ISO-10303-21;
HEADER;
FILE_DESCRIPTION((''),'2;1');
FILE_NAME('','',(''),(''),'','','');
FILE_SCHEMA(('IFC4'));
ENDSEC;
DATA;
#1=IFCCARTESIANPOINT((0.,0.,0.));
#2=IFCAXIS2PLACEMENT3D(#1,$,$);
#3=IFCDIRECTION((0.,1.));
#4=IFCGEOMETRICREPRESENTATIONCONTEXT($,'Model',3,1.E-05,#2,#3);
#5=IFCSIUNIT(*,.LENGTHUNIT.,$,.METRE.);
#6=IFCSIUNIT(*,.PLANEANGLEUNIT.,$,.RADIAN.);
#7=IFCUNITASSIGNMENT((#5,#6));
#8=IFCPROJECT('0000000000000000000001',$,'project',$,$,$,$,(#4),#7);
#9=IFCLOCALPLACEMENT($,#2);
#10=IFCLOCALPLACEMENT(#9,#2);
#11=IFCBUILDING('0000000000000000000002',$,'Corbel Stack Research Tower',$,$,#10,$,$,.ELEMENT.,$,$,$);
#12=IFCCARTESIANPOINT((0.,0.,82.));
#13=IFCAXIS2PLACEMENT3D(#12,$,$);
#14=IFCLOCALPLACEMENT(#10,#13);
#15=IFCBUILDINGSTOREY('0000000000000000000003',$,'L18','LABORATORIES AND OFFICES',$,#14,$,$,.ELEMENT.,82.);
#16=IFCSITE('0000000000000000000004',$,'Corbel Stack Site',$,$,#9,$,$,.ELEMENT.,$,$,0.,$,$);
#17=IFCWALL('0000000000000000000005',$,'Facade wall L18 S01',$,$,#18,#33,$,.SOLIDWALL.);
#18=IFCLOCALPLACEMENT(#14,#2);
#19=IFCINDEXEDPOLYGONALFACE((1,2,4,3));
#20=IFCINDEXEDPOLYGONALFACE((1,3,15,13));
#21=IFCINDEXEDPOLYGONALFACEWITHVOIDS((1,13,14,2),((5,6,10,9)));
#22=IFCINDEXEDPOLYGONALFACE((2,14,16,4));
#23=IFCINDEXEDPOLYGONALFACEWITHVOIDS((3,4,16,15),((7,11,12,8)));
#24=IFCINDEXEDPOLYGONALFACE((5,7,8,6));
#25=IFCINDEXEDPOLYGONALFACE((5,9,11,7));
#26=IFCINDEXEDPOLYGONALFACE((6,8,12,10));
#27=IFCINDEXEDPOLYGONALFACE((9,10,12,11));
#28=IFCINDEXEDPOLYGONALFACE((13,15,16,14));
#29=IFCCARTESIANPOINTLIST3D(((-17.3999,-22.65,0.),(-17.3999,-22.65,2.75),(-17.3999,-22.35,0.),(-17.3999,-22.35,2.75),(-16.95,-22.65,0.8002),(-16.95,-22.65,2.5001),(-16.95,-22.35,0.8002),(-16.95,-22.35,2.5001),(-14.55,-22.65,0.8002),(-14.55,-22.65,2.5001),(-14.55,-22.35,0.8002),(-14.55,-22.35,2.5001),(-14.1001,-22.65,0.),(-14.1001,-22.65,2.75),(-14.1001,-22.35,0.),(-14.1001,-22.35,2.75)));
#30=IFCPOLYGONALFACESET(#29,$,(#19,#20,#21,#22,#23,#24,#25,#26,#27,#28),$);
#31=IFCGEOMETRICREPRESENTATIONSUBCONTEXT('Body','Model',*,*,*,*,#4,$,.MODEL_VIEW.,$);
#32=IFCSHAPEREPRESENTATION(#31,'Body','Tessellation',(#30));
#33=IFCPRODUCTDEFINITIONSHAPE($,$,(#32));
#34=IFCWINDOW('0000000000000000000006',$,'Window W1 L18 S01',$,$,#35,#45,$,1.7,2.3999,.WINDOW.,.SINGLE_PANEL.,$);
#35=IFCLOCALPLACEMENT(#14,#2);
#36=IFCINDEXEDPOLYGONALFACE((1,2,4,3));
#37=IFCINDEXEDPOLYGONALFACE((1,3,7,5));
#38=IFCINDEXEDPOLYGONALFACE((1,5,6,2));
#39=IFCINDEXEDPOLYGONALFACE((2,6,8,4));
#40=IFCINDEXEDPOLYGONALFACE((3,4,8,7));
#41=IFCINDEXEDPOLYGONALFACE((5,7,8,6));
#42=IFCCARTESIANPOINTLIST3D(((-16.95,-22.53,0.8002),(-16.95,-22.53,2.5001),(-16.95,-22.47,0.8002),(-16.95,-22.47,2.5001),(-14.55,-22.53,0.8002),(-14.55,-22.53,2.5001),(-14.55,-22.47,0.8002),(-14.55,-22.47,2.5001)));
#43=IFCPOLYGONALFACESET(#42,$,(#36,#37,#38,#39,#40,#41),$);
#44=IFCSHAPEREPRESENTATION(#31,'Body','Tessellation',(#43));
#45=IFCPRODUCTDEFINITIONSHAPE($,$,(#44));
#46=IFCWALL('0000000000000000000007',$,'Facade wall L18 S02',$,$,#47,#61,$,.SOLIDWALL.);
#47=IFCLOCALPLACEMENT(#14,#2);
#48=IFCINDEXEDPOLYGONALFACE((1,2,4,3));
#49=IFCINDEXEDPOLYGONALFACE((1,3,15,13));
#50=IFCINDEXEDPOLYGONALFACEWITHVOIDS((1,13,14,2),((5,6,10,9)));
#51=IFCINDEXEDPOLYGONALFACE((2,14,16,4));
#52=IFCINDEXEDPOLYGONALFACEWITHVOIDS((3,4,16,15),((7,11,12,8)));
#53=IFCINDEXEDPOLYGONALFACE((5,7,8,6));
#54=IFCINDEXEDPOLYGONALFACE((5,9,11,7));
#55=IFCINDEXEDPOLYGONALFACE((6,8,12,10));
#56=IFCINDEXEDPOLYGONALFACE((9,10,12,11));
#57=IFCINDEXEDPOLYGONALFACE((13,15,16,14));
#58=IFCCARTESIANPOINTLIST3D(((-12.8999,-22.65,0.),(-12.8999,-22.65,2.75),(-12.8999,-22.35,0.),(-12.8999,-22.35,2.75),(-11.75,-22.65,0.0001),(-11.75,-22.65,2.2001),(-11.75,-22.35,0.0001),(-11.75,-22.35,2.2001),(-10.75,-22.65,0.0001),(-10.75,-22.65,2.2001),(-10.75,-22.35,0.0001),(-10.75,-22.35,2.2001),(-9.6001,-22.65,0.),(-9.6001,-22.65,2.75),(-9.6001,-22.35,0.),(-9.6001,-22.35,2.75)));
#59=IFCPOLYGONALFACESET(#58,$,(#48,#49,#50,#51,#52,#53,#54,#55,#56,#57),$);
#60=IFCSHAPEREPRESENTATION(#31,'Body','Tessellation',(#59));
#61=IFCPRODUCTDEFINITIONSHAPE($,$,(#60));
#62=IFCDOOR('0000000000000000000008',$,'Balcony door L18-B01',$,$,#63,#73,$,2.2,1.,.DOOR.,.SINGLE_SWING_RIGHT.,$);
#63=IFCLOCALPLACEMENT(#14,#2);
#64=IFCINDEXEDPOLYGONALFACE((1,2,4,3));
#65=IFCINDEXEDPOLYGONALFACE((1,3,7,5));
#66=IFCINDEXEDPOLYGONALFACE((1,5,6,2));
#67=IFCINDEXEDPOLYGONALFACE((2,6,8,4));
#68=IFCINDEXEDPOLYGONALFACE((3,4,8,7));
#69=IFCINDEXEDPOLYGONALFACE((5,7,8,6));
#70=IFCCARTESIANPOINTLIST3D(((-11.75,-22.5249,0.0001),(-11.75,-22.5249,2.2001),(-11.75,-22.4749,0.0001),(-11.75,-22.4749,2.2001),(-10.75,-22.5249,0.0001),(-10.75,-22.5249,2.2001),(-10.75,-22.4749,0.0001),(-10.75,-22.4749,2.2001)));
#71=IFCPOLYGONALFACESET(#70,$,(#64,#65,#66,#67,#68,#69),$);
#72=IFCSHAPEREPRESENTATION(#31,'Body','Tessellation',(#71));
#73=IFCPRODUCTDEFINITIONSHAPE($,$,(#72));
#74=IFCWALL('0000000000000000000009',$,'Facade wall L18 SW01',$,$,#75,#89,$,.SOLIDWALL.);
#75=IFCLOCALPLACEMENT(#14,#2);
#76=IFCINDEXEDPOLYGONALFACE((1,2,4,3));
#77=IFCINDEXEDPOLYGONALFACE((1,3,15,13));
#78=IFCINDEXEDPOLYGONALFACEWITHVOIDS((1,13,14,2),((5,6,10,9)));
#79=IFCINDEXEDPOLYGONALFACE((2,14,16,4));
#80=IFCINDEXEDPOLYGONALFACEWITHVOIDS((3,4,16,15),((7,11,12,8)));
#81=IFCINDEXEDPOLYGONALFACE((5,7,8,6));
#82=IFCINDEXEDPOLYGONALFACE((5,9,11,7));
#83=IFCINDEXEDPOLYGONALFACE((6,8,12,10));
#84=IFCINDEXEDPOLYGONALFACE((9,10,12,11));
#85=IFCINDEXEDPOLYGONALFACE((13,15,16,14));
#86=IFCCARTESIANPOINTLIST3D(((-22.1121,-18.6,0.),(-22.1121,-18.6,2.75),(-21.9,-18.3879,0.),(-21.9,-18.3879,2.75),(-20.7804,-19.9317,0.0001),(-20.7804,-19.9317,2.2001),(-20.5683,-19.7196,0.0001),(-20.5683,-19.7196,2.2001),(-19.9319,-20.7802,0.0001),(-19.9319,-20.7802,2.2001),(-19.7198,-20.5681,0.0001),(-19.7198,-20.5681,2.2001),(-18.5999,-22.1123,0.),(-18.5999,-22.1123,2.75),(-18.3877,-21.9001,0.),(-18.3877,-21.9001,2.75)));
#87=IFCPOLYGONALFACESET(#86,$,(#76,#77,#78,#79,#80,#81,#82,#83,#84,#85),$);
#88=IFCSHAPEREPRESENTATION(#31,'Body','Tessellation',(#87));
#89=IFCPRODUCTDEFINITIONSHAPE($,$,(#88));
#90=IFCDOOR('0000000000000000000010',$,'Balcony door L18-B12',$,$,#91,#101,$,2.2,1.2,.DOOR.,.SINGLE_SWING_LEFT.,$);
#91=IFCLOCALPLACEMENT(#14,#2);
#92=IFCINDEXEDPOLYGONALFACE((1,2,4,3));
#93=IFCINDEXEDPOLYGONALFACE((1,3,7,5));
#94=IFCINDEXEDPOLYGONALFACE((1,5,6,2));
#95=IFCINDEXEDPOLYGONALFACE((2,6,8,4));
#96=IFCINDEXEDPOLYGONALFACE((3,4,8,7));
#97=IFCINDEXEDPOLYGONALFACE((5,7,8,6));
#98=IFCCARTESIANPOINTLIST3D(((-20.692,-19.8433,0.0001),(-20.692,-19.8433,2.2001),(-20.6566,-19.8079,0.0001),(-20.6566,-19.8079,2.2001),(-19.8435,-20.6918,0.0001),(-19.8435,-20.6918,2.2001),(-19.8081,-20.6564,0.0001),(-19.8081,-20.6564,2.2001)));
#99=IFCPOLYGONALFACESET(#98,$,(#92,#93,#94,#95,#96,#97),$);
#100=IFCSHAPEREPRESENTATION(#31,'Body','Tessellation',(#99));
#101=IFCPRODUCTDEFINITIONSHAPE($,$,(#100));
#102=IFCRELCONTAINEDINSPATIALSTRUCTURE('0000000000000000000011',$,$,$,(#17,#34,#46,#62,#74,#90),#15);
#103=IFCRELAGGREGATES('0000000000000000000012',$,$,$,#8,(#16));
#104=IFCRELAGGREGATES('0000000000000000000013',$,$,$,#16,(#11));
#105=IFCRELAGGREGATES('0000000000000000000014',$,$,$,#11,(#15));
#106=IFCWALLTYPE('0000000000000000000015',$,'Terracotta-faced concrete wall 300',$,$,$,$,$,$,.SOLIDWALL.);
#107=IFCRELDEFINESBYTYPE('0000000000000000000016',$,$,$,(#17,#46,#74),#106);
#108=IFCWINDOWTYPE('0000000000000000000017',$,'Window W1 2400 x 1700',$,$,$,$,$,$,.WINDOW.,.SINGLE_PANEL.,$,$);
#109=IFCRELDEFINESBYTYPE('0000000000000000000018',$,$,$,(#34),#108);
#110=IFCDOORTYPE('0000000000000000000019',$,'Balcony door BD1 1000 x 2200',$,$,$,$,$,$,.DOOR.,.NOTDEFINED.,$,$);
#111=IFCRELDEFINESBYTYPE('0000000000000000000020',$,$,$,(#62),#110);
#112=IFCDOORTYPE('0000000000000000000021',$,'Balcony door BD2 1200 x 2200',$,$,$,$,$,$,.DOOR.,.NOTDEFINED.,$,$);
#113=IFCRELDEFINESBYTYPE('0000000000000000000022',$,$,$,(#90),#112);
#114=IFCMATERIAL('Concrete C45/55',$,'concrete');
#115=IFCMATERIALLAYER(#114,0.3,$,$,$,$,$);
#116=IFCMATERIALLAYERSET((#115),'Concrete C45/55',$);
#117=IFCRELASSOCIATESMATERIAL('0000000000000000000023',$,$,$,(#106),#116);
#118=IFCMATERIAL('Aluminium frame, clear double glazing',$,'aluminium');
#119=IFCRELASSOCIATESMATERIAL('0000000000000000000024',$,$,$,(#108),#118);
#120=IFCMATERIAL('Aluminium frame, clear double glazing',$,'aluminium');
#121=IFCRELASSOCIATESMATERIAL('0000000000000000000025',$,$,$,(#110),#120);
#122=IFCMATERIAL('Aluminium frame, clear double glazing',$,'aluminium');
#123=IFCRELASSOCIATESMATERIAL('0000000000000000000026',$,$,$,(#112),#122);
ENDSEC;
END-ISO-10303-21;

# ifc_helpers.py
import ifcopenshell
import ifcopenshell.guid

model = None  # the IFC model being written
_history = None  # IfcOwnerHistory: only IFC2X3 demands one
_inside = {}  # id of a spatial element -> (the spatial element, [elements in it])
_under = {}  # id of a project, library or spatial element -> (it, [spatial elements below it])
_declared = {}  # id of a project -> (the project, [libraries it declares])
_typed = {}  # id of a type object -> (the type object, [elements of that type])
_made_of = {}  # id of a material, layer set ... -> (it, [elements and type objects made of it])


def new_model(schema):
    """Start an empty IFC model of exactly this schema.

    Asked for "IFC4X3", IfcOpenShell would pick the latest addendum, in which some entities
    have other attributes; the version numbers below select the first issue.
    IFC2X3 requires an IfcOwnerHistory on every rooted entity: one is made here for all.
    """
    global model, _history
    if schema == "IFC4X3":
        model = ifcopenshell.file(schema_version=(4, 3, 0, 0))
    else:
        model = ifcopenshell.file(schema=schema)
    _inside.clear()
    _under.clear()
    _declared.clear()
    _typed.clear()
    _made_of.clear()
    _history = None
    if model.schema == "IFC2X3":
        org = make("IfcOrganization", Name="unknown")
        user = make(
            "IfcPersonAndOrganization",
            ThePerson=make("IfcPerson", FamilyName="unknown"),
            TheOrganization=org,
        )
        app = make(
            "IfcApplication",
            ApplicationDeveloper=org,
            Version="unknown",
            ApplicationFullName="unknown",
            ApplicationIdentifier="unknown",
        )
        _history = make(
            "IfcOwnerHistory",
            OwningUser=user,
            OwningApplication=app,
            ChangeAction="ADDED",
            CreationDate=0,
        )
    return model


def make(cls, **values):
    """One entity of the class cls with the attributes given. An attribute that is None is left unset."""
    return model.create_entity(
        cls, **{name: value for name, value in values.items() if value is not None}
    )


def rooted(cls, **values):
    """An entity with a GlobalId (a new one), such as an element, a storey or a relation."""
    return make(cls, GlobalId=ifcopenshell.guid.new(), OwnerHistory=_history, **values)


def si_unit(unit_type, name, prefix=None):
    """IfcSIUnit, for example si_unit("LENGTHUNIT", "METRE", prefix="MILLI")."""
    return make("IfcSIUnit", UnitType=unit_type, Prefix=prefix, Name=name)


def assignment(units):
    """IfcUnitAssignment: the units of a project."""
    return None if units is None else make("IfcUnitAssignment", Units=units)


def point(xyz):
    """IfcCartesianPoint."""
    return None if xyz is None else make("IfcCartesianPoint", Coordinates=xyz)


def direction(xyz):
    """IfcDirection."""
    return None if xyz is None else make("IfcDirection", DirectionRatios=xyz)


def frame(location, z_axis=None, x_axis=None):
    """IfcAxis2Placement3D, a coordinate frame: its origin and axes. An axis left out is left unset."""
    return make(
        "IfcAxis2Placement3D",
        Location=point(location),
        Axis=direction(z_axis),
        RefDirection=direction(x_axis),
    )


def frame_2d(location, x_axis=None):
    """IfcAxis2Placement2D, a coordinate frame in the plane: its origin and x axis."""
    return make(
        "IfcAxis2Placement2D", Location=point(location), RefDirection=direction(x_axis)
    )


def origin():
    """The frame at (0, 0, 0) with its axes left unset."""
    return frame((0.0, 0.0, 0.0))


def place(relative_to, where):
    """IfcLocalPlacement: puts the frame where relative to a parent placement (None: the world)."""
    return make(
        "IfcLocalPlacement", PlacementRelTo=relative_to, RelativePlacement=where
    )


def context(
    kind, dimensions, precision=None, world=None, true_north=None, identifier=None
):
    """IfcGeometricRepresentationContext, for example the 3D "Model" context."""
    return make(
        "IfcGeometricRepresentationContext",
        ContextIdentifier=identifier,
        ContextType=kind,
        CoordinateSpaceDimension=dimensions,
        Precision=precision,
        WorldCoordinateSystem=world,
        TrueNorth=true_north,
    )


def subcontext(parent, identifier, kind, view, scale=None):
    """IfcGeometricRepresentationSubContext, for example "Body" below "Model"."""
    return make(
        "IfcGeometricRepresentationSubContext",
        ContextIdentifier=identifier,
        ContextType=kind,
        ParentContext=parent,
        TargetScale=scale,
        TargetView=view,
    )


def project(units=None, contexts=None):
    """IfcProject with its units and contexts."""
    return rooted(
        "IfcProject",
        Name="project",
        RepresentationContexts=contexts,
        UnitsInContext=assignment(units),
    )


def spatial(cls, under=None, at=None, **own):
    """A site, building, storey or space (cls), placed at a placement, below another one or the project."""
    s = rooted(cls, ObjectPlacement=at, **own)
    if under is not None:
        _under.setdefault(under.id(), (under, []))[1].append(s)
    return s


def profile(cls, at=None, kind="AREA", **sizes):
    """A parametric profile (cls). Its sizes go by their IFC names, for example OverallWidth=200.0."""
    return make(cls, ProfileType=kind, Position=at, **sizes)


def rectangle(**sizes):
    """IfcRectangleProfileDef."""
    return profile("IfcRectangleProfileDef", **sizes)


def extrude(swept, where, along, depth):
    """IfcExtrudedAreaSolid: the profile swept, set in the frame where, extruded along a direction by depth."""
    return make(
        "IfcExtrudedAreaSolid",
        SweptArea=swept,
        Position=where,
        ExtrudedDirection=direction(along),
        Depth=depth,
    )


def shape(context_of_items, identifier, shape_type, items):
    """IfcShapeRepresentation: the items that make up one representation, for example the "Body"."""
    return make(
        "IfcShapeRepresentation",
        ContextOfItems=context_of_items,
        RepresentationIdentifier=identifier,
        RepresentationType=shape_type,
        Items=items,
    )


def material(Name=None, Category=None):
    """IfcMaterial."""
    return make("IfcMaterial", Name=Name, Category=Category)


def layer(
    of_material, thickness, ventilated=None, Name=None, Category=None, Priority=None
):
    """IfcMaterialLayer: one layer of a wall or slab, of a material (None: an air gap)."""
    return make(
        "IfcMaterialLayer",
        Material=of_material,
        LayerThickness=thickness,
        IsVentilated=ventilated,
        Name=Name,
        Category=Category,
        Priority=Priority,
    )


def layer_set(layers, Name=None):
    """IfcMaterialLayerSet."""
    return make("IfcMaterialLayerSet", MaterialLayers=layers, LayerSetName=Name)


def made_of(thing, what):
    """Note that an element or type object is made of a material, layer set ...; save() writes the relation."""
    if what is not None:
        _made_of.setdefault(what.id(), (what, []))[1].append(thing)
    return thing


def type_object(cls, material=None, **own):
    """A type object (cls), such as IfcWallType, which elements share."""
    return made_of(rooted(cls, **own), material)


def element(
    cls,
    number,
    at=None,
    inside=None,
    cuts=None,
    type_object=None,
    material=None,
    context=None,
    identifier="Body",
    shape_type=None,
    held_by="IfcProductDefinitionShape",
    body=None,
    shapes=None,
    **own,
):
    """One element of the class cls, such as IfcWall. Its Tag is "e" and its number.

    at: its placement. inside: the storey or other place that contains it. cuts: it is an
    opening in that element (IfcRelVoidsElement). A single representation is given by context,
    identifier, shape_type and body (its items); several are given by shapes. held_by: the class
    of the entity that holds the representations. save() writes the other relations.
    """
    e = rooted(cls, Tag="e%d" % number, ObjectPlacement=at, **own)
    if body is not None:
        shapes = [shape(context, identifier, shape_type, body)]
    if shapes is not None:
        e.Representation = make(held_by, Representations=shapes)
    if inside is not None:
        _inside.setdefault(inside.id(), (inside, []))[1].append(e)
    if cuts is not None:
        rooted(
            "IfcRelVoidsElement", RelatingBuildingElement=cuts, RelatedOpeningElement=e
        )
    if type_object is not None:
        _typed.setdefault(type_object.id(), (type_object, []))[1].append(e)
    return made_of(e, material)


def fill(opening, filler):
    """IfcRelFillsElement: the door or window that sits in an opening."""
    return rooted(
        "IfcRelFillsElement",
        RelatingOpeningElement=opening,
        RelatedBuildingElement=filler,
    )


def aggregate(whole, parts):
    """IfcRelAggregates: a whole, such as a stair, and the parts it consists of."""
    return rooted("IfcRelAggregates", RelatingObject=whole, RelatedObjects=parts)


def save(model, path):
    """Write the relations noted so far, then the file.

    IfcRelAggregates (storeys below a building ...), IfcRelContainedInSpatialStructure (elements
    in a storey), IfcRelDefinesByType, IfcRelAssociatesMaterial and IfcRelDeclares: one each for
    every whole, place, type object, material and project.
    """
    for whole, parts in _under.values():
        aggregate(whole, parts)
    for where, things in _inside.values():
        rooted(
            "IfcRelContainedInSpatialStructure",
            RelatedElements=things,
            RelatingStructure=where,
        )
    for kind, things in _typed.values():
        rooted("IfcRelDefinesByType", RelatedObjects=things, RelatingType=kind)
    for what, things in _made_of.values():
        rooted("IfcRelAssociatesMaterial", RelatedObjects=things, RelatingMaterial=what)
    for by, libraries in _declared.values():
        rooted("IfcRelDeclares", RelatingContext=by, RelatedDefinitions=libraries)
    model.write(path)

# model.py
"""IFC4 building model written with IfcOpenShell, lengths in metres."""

from ifc_helpers import new_model, si_unit, direction, frame, frame_2d, origin, place, context, subcontext, project, spatial, rectangle, extrude, material, layer, layer_set, type_object, element, fill, save


model = new_model("IFC4")

# Units and contexts
model_context = context("Model", 3, precision=1e-05, world=origin(), true_north=direction((0.0, 1.0)))
body_context = subcontext(model_context, "Body", "Model", "MODEL_VIEW")
ifc_project = project(units=[si_unit("LENGTHUNIT", "METRE"), si_unit("PLANEANGLEUNIT", "RADIAN")], contexts=[model_context])

# Site, building, storey
site_placement = place(None, origin())
site = spatial("IfcSite", under=ifc_project, at=site_placement, Name="Corbel Stack Site", CompositionType="ELEMENT", RefElevation=0.0)
building_placement = place(site_placement, origin())
building = spatial("IfcBuilding", under=site, at=building_placement, Name="Corbel Stack Research Tower", CompositionType="ELEMENT")
storey_placement = place(building_placement, frame((0.0, 0.0, 82.0)))
storey = spatial("IfcBuildingStorey", under=building, at=storey_placement, Name="L18", Description="LABORATORIES AND OFFICES", CompositionType="ELEMENT", Elevation=82.0)

# Wall, opening, window
ifc_material_1 = material(Name="Concrete C45/55", Category="concrete")
ifc_layer_1 = layer(ifc_material_1, 0.3)
ifc_layer_set_1 = layer_set([ifc_layer_1], Name="Concrete C45/55")
wall_type_1 = type_object("IfcWallType", Name="Terracotta-faced concrete wall 300", PredefinedType="SOLIDWALL", material=ifc_layer_set_1)
wall_1_placement = place(storey_placement, frame((-14.1001, -22.5, 0.0), z_axis=(0.0, 0.0, 1.0), x_axis=(-1.0, 0.0, 0.0)))
wall_1 = element("IfcWall", 1, at=wall_1_placement, inside=storey, type_object=wall_type_1, Name="Facade wall L18 S01", PredefinedType="SOLIDWALL", context=body_context, shape_type="SweptSolid", body=[
    extrude(rectangle(XDim=3.2998, YDim=0.3, at=frame_2d((1.6499, 0.0))), origin(), (0.0, 0.0, 1.0), 2.75),
])
opening_1_placement = place(wall_1_placement, frame((0.45, 0.0, 0.8)))
opening_1 = element("IfcOpeningElement", 2, at=opening_1_placement, cuts=wall_1, PredefinedType="OPENING", context=body_context, shape_type="SweptSolid", body=[
    extrude(rectangle(XDim=2.3999, YDim=1.7, at=frame_2d((1.2, 0.8501))), frame((0.0, 0.1599, 0.0), z_axis=(0.0, -1.0, 0.0), x_axis=(1.0, 0.0, 0.0)), (0.0, 0.0, 1.0), 0.3201),
])
ifc_material_2 = material(Name="Aluminium frame, clear double glazing", Category="aluminium")
window_type = type_object("IfcWindowType", Name="Window W1 2400 x 1700", PartitioningType="SINGLE_PANEL", PredefinedType="WINDOW", material=ifc_material_2)
window_placement = place(opening_1_placement, origin())
window = element("IfcWindow", 3, at=window_placement, inside=storey, type_object=window_type, Name="Window W1 L18 S01", OverallHeight=1.7, OverallWidth=2.3999, PartitioningType="SINGLE_PANEL", PredefinedType="WINDOW", context=body_context, shape_type="SweptSolid", body=[
    extrude(rectangle(XDim=2.3999, YDim=1.7, at=frame_2d((1.2, 0.8501))), frame((0.0, 0.03, 0.0), z_axis=(0.0, -1.0, 0.0), x_axis=(1.0, 0.0, 0.0)), (0.0, 0.0, 1.0), 0.0601),
])
fill(opening_1, window)

# Walls, openings, doors
wall_2_placement = place(storey_placement, frame((-9.6001, -22.5, 0.0), z_axis=(0.0, 0.0, 1.0), x_axis=(-1.0, 0.0, 0.0)))
wall_2 = element("IfcWall", 4, at=wall_2_placement, inside=storey, type_object=wall_type_1, Name="Facade wall L18 S02", PredefinedType="SOLIDWALL", context=body_context, shape_type="SweptSolid", body=[
    extrude(rectangle(XDim=3.2998, YDim=0.3, at=frame_2d((1.6499, 0.0))), origin(), (0.0, 0.0, 1.0), 2.75),
])
opening_2_placement = place(wall_2_placement, frame((1.1499, 0.0, 0.0)))
opening_2 = element("IfcOpeningElement", 5, at=opening_2_placement, cuts=wall_2, PredefinedType="OPENING", context=body_context, shape_type="SweptSolid", body=[
    extrude(rectangle(XDim=1.0, YDim=2.2, at=frame_2d((0.5, 1.1001))), frame((0.0, 0.1599, 0.0), z_axis=(0.0, -1.0, 0.0), x_axis=(1.0, 0.0, 0.0)), (0.0, 0.0, 1.0), 0.3201),
])
ifc_material_3 = material(Name="Aluminium frame, clear double glazing", Category="aluminium")
door_type_1 = type_object("IfcDoorType", Name="Balcony door BD1 1000 x 2200", OperationType="NOTDEFINED", PredefinedType="DOOR", material=ifc_material_3)
door_1_placement = place(opening_2_placement, origin())
door_1 = element("IfcDoor", 6, at=door_1_placement, inside=storey, type_object=door_type_1, Name="Balcony door L18-B01", OperationType="SINGLE_SWING_RIGHT", OverallHeight=2.2, OverallWidth=1.0, PredefinedType="DOOR", context=body_context, shape_type="SweptSolid", body=[
    extrude(rectangle(XDim=1.0, YDim=2.2, at=frame_2d((0.5, 1.1001))), frame((0.0, 0.0249, 0.0), z_axis=(0.0, -1.0, 0.0), x_axis=(1.0, 0.0, 0.0)), (0.0, 0.0, 1.0), 0.05),
])
fill(opening_2, door_1)
wall_3_placement = place(storey_placement, frame((-18.4939, -22.0061, 0.0), z_axis=(0.0, 0.0, 1.0), x_axis=(-0.707107, 0.707107, 0.0)))
wall_3 = element("IfcWall", 7, at=wall_3_placement, inside=storey, type_object=wall_type_1, Name="Facade wall L18 SW01", PredefinedType="SOLIDWALL", context=body_context, shape_type="SweptSolid", body=[
    extrude(rectangle(XDim=4.967, YDim=0.3, at=frame_2d((2.4834, 0.0))), origin(), (0.0, 0.0, 1.0), 2.75),
])
opening_3_placement = place(wall_3_placement, frame((1.8835, 0.0, 0.0)))
opening_3 = element("IfcOpeningElement", 8, at=opening_3_placement, cuts=wall_3, PredefinedType="OPENING", context=body_context, shape_type="SweptSolid", body=[
    extrude(rectangle(XDim=1.2, YDim=2.2, at=frame_2d((0.6001, 1.1001))), frame((0.0, 0.1599, 0.0), z_axis=(0.0, -1.0, 0.0), x_axis=(1.0, 0.0, 0.0)), (0.0, 0.0, 1.0), 0.3201),
])
ifc_material_4 = material(Name="Aluminium frame, clear double glazing", Category="aluminium")
door_type_2 = type_object("IfcDoorType", Name="Balcony door BD2 1200 x 2200", OperationType="NOTDEFINED", PredefinedType="DOOR", material=ifc_material_4)
door_2_placement = place(opening_3_placement, origin())
door_2 = element("IfcDoor", 9, at=door_2_placement, inside=storey, type_object=door_type_2, Name="Balcony door L18-B12", OperationType="SINGLE_SWING_LEFT", OverallHeight=2.2, OverallWidth=1.2, PredefinedType="DOOR", context=body_context, shape_type="SweptSolid", body=[
    extrude(rectangle(XDim=1.2, YDim=2.2, at=frame_2d((0.6001, 1.1001))), frame((0.0, 0.0249, 0.0), z_axis=(0.0, -1.0, 0.0), x_axis=(1.0, 0.0, 0.0)), (0.0, 0.0, 1.0), 0.05),
])
fill(opening_3, door_2)

save(model, "model.ifc")
